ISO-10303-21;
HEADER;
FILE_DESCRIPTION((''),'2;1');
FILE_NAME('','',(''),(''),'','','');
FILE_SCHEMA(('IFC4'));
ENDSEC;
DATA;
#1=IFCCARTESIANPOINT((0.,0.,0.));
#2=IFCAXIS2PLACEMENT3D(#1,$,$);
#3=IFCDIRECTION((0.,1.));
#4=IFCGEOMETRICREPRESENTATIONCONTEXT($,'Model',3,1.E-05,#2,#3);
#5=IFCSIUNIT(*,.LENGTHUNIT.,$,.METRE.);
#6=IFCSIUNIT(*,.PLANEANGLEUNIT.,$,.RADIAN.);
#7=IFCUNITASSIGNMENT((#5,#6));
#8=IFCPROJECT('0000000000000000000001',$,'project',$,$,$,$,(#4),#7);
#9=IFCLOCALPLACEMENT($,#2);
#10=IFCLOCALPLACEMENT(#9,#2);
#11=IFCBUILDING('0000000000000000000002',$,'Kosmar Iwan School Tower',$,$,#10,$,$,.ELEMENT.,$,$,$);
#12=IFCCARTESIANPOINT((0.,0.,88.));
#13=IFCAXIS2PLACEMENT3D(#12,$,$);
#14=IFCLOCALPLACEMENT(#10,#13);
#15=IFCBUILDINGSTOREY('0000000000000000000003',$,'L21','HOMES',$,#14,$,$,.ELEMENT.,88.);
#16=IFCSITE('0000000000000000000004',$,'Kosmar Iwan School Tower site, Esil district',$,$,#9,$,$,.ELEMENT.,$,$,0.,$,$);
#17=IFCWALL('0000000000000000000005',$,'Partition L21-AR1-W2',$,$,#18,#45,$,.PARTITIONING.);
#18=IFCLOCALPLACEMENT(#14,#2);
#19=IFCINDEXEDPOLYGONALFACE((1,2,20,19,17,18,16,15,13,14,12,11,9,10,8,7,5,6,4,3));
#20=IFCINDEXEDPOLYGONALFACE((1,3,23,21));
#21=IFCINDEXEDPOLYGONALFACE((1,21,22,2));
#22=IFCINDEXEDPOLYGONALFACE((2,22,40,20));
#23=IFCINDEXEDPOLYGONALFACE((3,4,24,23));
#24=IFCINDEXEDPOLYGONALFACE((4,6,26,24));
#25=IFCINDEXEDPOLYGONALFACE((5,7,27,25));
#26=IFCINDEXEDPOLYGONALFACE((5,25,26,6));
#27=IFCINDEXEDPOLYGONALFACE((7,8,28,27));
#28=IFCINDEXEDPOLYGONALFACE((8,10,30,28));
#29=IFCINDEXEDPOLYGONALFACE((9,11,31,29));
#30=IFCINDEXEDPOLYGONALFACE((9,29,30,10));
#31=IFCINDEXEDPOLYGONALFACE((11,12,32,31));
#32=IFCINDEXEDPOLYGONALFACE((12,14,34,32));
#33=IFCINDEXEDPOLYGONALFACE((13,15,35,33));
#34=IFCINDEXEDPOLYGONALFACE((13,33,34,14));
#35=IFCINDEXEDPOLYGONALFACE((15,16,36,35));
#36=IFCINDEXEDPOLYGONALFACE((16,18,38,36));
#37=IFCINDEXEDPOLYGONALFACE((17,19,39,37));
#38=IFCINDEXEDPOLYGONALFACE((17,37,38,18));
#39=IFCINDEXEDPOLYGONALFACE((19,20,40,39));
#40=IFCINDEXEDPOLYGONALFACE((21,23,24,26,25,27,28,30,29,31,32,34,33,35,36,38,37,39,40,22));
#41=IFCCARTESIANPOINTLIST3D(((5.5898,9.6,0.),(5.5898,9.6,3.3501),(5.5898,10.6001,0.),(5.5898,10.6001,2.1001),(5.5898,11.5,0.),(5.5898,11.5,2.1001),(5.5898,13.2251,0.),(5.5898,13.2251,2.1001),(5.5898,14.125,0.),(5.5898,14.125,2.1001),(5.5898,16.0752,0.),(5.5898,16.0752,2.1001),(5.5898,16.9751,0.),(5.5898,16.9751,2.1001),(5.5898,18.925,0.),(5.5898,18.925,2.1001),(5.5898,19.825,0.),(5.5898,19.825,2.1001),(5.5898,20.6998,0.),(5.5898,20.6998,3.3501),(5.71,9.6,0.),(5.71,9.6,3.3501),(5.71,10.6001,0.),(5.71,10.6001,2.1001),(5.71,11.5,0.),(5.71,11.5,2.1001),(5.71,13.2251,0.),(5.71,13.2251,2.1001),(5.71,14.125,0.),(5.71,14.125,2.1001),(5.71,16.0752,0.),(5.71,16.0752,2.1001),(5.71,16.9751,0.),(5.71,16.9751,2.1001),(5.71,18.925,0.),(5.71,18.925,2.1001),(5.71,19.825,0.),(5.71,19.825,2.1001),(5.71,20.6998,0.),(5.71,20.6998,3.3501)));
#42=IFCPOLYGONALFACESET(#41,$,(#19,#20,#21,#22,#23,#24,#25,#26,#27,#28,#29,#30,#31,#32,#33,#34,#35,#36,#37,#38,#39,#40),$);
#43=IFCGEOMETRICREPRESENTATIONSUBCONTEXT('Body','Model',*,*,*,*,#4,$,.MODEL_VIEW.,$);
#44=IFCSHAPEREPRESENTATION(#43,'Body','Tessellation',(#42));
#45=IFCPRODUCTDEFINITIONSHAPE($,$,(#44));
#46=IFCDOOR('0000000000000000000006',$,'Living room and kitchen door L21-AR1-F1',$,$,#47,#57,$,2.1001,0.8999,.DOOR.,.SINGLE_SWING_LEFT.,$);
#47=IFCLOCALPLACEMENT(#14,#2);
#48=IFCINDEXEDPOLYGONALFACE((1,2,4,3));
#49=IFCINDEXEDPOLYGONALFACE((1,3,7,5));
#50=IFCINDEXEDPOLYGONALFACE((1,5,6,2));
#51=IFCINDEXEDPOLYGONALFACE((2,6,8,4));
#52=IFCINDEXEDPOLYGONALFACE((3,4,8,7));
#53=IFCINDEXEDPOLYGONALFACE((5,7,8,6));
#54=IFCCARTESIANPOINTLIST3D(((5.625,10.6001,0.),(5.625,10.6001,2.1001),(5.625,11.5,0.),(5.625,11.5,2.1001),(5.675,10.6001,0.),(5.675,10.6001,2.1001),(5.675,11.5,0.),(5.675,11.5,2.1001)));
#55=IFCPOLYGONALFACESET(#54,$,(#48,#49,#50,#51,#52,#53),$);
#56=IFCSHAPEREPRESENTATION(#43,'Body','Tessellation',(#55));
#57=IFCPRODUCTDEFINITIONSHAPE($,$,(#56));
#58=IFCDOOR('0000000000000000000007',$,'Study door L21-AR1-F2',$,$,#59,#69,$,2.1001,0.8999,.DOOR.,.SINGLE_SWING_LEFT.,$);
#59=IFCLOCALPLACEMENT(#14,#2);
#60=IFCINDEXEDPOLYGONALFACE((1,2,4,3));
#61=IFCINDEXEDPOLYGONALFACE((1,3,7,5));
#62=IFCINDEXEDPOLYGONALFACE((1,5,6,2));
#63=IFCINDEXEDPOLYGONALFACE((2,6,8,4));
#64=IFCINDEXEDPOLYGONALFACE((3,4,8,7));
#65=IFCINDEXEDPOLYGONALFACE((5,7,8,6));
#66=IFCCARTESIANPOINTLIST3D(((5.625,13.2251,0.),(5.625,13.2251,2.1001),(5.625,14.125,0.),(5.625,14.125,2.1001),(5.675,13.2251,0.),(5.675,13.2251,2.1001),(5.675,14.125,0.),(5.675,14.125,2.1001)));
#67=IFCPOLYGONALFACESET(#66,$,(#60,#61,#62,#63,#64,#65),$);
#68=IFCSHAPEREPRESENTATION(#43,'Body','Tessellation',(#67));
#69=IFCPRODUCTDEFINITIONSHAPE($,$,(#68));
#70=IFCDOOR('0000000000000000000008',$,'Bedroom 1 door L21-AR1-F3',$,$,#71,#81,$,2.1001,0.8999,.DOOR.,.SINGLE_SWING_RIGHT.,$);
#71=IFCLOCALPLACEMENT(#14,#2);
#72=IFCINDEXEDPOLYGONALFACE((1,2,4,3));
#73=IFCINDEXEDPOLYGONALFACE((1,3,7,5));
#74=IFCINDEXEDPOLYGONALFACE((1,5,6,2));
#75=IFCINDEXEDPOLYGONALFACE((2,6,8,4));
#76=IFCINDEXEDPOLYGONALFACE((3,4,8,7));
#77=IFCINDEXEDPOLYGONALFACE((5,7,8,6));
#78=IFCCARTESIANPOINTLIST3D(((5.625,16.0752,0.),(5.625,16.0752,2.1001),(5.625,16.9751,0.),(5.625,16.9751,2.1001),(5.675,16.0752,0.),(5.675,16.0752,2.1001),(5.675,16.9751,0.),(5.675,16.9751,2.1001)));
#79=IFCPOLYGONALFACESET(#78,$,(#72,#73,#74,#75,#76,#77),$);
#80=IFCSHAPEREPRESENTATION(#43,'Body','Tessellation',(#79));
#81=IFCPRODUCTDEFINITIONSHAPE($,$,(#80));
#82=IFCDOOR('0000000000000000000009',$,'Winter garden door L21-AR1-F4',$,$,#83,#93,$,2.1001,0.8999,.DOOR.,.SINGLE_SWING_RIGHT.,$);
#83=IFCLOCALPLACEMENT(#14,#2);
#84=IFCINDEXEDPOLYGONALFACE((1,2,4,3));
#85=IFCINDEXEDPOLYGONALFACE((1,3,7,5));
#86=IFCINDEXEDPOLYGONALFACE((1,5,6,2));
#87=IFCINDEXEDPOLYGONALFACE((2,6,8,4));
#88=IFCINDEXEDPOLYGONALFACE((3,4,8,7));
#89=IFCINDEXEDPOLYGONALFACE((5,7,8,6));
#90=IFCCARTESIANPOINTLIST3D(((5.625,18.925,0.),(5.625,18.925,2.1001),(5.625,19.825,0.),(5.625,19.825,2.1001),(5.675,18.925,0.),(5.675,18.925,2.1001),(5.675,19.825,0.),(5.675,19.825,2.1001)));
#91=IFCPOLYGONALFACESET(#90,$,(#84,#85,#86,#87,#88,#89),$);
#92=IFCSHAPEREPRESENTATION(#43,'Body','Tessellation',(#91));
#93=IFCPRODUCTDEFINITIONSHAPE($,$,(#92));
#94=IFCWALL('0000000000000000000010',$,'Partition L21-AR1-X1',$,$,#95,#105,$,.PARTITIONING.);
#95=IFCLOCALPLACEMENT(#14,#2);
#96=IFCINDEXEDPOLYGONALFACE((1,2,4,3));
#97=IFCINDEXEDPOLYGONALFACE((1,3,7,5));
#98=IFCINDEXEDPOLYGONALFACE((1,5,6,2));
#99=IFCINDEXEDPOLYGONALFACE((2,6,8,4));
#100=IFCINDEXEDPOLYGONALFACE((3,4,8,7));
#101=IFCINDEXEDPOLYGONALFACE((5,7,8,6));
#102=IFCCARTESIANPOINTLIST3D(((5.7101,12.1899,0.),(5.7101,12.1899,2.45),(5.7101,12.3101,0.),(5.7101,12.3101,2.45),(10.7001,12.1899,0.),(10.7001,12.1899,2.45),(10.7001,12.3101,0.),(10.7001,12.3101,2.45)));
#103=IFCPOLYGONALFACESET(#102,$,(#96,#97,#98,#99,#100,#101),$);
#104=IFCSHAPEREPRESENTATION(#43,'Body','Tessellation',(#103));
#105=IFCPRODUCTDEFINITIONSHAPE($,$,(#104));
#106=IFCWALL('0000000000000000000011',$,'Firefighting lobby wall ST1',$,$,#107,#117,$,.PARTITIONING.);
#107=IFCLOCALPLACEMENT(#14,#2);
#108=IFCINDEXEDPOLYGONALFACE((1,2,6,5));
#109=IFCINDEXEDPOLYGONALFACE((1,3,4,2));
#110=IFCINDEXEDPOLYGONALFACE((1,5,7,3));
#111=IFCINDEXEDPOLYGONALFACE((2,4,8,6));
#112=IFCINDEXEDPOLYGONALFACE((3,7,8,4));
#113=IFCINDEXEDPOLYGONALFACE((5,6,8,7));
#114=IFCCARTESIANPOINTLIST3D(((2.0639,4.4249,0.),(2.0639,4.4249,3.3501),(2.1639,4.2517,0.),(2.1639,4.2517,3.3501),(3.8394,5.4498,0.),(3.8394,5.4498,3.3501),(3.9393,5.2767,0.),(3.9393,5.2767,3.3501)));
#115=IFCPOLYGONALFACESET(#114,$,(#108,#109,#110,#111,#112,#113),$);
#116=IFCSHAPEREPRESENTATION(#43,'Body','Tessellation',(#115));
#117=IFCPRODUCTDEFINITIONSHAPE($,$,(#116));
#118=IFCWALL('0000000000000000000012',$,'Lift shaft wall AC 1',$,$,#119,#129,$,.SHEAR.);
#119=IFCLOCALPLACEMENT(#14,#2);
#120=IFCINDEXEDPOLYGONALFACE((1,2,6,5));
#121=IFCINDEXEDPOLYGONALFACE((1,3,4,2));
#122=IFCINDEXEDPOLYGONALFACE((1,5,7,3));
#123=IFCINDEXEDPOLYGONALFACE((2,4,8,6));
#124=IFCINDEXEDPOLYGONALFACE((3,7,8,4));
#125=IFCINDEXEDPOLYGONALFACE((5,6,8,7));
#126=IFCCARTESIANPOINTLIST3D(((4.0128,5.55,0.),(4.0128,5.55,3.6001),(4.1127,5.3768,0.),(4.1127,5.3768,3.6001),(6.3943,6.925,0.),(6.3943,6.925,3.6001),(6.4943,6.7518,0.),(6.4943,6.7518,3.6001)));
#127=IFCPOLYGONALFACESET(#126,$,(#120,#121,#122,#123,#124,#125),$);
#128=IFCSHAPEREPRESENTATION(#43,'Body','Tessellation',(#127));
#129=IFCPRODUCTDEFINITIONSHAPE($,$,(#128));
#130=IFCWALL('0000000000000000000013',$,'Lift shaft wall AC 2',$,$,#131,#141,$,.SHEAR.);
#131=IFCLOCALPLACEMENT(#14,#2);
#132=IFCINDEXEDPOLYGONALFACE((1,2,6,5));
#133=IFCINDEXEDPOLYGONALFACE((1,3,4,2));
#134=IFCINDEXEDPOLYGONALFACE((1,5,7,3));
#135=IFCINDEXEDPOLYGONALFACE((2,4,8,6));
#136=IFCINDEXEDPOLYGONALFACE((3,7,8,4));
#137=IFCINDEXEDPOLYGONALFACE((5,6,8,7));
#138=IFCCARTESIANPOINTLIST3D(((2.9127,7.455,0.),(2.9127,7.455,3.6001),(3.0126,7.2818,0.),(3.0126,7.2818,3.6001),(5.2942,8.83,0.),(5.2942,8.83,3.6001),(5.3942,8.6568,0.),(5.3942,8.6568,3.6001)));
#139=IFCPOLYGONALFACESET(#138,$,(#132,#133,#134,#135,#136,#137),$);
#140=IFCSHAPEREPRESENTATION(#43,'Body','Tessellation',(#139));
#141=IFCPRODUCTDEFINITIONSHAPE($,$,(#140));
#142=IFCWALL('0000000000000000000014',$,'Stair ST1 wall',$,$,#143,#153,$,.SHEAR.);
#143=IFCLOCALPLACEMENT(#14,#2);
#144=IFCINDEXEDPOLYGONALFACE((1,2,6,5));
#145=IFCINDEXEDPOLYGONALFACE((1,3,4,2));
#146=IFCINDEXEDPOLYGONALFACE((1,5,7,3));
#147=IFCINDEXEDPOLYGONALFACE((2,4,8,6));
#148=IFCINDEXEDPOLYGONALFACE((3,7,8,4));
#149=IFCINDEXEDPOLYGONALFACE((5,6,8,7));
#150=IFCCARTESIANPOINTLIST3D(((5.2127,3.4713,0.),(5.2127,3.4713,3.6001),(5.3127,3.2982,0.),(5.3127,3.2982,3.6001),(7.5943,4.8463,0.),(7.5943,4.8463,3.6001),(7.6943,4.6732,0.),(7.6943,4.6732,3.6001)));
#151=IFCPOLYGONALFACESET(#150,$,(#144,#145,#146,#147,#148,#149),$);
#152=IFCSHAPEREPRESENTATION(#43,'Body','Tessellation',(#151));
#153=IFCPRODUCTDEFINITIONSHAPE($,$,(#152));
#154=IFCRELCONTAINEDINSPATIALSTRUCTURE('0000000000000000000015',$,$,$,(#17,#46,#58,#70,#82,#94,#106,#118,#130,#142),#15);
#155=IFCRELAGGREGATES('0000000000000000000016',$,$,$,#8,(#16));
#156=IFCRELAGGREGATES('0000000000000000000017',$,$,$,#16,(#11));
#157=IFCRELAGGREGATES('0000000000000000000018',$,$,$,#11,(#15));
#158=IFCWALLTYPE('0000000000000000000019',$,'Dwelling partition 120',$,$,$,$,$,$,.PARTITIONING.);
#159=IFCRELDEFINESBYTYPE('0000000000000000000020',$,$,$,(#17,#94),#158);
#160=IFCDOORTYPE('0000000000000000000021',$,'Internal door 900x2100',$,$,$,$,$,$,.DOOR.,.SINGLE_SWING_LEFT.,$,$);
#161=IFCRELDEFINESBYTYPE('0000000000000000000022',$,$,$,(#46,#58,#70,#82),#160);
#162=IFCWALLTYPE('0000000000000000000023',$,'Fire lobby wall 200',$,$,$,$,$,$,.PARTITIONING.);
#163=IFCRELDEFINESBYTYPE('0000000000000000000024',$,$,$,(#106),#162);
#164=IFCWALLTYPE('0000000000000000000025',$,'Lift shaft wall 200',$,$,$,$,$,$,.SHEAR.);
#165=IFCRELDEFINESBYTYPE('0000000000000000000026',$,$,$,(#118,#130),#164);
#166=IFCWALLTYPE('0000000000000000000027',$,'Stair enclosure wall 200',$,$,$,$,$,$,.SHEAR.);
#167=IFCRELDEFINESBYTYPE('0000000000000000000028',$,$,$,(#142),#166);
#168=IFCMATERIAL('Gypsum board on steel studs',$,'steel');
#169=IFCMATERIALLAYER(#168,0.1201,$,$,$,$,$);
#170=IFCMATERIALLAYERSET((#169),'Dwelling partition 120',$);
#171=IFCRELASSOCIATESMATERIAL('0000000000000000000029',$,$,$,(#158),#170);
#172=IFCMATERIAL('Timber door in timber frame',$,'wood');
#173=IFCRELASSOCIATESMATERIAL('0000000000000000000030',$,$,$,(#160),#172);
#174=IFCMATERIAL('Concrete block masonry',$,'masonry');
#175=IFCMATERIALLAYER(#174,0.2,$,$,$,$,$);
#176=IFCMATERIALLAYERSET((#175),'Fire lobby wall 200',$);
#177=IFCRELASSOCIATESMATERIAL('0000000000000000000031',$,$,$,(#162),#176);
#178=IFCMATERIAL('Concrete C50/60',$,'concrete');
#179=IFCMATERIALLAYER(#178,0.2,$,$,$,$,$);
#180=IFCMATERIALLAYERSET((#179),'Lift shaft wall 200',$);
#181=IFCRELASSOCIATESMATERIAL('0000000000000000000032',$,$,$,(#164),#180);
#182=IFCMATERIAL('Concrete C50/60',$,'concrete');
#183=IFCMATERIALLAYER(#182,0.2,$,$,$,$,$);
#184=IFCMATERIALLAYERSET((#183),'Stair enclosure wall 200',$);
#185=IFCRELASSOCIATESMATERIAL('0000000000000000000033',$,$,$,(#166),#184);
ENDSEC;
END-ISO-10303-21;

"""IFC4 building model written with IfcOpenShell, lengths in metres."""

from ifc_helpers import new_model, si_unit, direction, frame, frame_2d, origin, place, context, subcontext, project, spatial, rectangle, extrude, material, layer, layer_set, type_object, element, fill, save


model = new_model("IFC4")

# Units and contexts
model_context = context("Model", 3, precision=1e-05, world=origin(), true_north=direction((0.0, 1.0)))
body_context = subcontext(model_context, "Body", "Model", "MODEL_VIEW")
ifc_project = project(units=[si_unit("LENGTHUNIT", "METRE"), si_unit("PLANEANGLEUNIT", "RADIAN")], contexts=[model_context])

# Site, building, storey
site_placement = place(None, origin())
site = spatial("IfcSite", under=ifc_project, at=site_placement, Name="Kosmar Iwan School Tower site, Esil district", CompositionType="ELEMENT", RefElevation=0.0)
building_placement = place(site_placement, origin())
building = spatial("IfcBuilding", under=site, at=building_placement, Name="Kosmar Iwan School Tower", CompositionType="ELEMENT")
storey_placement = place(building_placement, frame((0.0, 0.0, 88.0)))
storey = spatial("IfcBuildingStorey", under=building, at=storey_placement, Name="L21", Description="HOMES", CompositionType="ELEMENT", Elevation=88.0)

# Wall, openings, doors
ifc_material_1 = material(Name="Gypsum board on steel studs", Category="steel")
ifc_layer_1 = layer(ifc_material_1, 0.1201)
ifc_layer_set_1 = layer_set([ifc_layer_1], Name="Dwelling partition 120")
wall_type_1 = type_object("IfcWallType", Name="Dwelling partition 120", PredefinedType="PARTITIONING", material=ifc_layer_set_1)
ifc_material_2 = material(Name="Timber door in timber frame", Category="wood")
door_type_1 = type_object("IfcDoorType", Name="Internal door 900x2100", OperationType="SINGLE_SWING_LEFT", PredefinedType="DOOR", material=ifc_material_2)
wall_1_placement = place(storey_placement, frame((5.6499, 9.6001, 0.0), z_axis=(0.0, 0.0, 1.0), x_axis=(0.0, 1.0, 0.0)))
wall_1 = element("IfcWall", 1, at=wall_1_placement, inside=storey, type_object=wall_type_1, Name="Partition L21-AR1-W2", PredefinedType="PARTITIONING", context=body_context, shape_type="SweptSolid", body=[
    extrude(rectangle(XDim=11.0999, YDim=0.1201, at=frame_2d((5.5498, 0.0))), origin(), (0.0, 0.0, 1.0), 3.3501),
])
opening_1_placement = place(wall_1_placement, frame((1.0, 0.0, 0.0)))
opening_1 = element("IfcOpeningElement", 2, at=opening_1_placement, cuts=wall_1, PredefinedType="OPENING", context=body_context, shape_type="SweptSolid", body=[
    extrude(rectangle(XDim=0.8999, YDim=2.1001, at=frame_2d((0.45, 1.05))), frame((0.0, 0.072, 0.0), z_axis=(0.0, -1.0, 0.0), x_axis=(1.0, 0.0, 0.0)), (0.0, 0.0, 1.0), 0.144),
])
opening_2_placement = place(wall_1_placement, frame((3.625, 0.0, 0.0)))
opening_2 = element("IfcOpeningElement", 3, at=opening_2_placement, cuts=wall_1, PredefinedType="OPENING", context=body_context, shape_type="SweptSolid", body=[
    extrude(rectangle(XDim=0.8999, YDim=2.1001, at=frame_2d((0.45, 1.05))), frame((0.0, 0.072, 0.0), z_axis=(0.0, -1.0, 0.0), x_axis=(1.0, 0.0, 0.0)), (0.0, 0.0, 1.0), 0.144),
])
opening_3_placement = place(wall_1_placement, frame((6.4751, 0.0, 0.0)))
opening_3 = element("IfcOpeningElement", 4, at=opening_3_placement, cuts=wall_1, PredefinedType="OPENING", context=body_context, shape_type="SweptSolid", body=[
    extrude(rectangle(XDim=0.8999, YDim=2.1001, at=frame_2d((0.45, 1.05))), frame((0.0, 0.072, 0.0), z_axis=(0.0, -1.0, 0.0), x_axis=(1.0, 0.0, 0.0)), (0.0, 0.0, 1.0), 0.144),
])
opening_4_placement = place(wall_1_placement, frame((9.325, 0.0, 0.0)))
opening_4 = element("IfcOpeningElement", 5, at=opening_4_placement, cuts=wall_1, PredefinedType="OPENING", context=body_context, shape_type="SweptSolid", body=[
    extrude(rectangle(XDim=0.8999, YDim=2.1001, at=frame_2d((0.45, 1.05))), frame((0.0, 0.072, 0.0), z_axis=(0.0, -1.0, 0.0), x_axis=(1.0, 0.0, 0.0)), (0.0, 0.0, 1.0), 0.144),
])
door_1_placement = place(opening_1_placement, origin())
door_1 = element("IfcDoor", 6, at=door_1_placement, inside=storey, type_object=door_type_1, Name="Living room and kitchen door L21-AR1-F1", OperationType="SINGLE_SWING_LEFT", OverallHeight=2.1001, OverallWidth=0.8999, PredefinedType="DOOR", context=body_context, shape_type="SweptSolid", body=[
    extrude(rectangle(XDim=0.8999, YDim=2.1001, at=frame_2d((0.45, 1.05))), frame((0.0, 0.0249, 0.0), z_axis=(0.0, -1.0, 0.0), x_axis=(1.0, 0.0, 0.0)), (0.0, 0.0, 1.0), 0.05),
])
fill(opening_1, door_1)
door_2_placement = place(opening_2_placement, origin())
door_2 = element("IfcDoor", 7, at=door_2_placement, inside=storey, type_object=door_type_1, Name="Study door L21-AR1-F2", OperationType="SINGLE_SWING_LEFT", OverallHeight=2.1001, OverallWidth=0.8999, PredefinedType="DOOR", context=body_context, shape_type="SweptSolid", body=[
    extrude(rectangle(XDim=0.8999, YDim=2.1001, at=frame_2d((0.45, 1.05))), frame((0.0, 0.0249, 0.0), z_axis=(0.0, -1.0, 0.0), x_axis=(1.0, 0.0, 0.0)), (0.0, 0.0, 1.0), 0.05),
])
fill(opening_2, door_2)
door_3_placement = place(opening_3_placement, origin())
door_3 = element("IfcDoor", 8, at=door_3_placement, inside=storey, type_object=door_type_1, Name="Bedroom 1 door L21-AR1-F3", OperationType="SINGLE_SWING_RIGHT", OverallHeight=2.1001, OverallWidth=0.8999, PredefinedType="DOOR", context=body_context, shape_type="SweptSolid", body=[
    extrude(rectangle(XDim=0.8999, YDim=2.1001, at=frame_2d((0.45, 1.05))), frame((0.0, 0.0249, 0.0), z_axis=(0.0, -1.0, 0.0), x_axis=(1.0, 0.0, 0.0)), (0.0, 0.0, 1.0), 0.05),
])
fill(opening_3, door_3)
door_4_placement = place(opening_4_placement, origin())
door_4 = element("IfcDoor", 9, at=door_4_placement, inside=storey, type_object=door_type_1, Name="Winter garden door L21-AR1-F4", OperationType="SINGLE_SWING_RIGHT", OverallHeight=2.1001, OverallWidth=0.8999, PredefinedType="DOOR", context=body_context, shape_type="SweptSolid", body=[
    extrude(rectangle(XDim=0.8999, YDim=2.1001, at=frame_2d((0.45, 1.05))), frame((0.0, 0.0249, 0.0), z_axis=(0.0, -1.0, 0.0), x_axis=(1.0, 0.0, 0.0)), (0.0, 0.0, 1.0), 0.05),
])
fill(opening_4, door_4)

# Walls
wall_2_placement = place(storey_placement, frame((5.71, 12.25, 0.0), z_axis=(0.0, 0.0, 1.0), x_axis=(1.0, 0.0, 0.0)))
element("IfcWall", 10, at=wall_2_placement, inside=storey, type_object=wall_type_1, Name="Partition L21-AR1-X1", PredefinedType="PARTITIONING", context=body_context, shape_type="SweptSolid", body=[
    extrude(rectangle(XDim=4.99, YDim=0.1201, at=frame_2d((2.4951, 0.0))), origin(), (0.0, 0.0, 1.0), 2.45),
])
ifc_material_3 = material(Name="Concrete block masonry", Category="masonry")
ifc_layer_2 = layer(ifc_material_3, 0.2)
ifc_layer_set_2 = layer_set([ifc_layer_2], Name="Fire lobby wall 200")
wall_type_2 = type_object("IfcWallType", Name="Fire lobby wall 200", PredefinedType="PARTITIONING", material=ifc_layer_set_2)
wall_3_placement = place(storey_placement, frame((2.114, 4.3384, 0.0), z_axis=(0.0, 0.0, 1.0), x_axis=(0.866051, 0.499956, 0.0)))
element("IfcWall", 11, at=wall_3_placement, inside=storey, type_object=wall_type_2, Name="Firefighting lobby wall ST1", PredefinedType="PARTITIONING", context=body_context, shape_type="SweptSolid", body=[
    extrude(rectangle(XDim=2.05, YDim=0.2, at=frame_2d((1.0249, 0.0))), origin(), (0.0, 0.0, 1.0), 3.3501),
])
ifc_material_4 = material(Name="Concrete C50/60", Category="concrete")
ifc_layer_3 = layer(ifc_material_4, 0.2)
ifc_layer_set_3 = layer_set([ifc_layer_3], Name="Lift shaft wall 200")
wall_type_3 = type_object("IfcWallType", Name="Lift shaft wall 200", PredefinedType="SHEAR", material=ifc_layer_set_3)
for number, where, z_axis, x_axis, name in (
    (12, (4.0627, 5.4634, 0.0), (0.0, 0.0, 1.0), (0.866027, 0.499997, 0.0), "Lift shaft wall AC 1"),
    (13, (2.9626, 7.3684, 0.0), (0.0, 0.0, 1.0), (0.866027, 0.499997, 0.0), "Lift shaft wall AC 2"),
):
    element("IfcWall", number, at=place(storey_placement, frame(where, z_axis=z_axis, x_axis=x_axis)), inside=storey, type_object=wall_type_3, Name=name, PredefinedType="SHEAR", context=body_context, shape_type="SweptSolid", body=[
        extrude(rectangle(XDim=2.75, YDim=0.2, at=frame_2d((1.375, 0.0))), origin(), (0.0, 0.0, 1.0), 3.6001),
    ])
ifc_material_5 = material(Name="Concrete C50/60", Category="concrete")
ifc_layer_4 = layer(ifc_material_5, 0.2)
ifc_layer_set_4 = layer_set([ifc_layer_4], Name="Stair enclosure wall 200")
wall_type_4 = type_object("IfcWallType", Name="Stair enclosure wall 200", PredefinedType="SHEAR", material=ifc_layer_set_4)
wall_4_placement = place(storey_placement, frame((5.2627, 3.3848, 0.0), z_axis=(0.0, 0.0, 1.0), x_axis=(0.866027, 0.499997, 0.0)))
element("IfcWall", 14, at=wall_4_placement, inside=storey, type_object=wall_type_4, Name="Stair ST1 wall", PredefinedType="SHEAR", context=body_context, shape_type="SweptSolid", body=[
    extrude(rectangle(XDim=2.75, YDim=0.2, at=frame_2d((1.375, 0.0))), origin(), (0.0, 0.0, 1.0), 3.6001),
])

save(model, "model.ifc")
